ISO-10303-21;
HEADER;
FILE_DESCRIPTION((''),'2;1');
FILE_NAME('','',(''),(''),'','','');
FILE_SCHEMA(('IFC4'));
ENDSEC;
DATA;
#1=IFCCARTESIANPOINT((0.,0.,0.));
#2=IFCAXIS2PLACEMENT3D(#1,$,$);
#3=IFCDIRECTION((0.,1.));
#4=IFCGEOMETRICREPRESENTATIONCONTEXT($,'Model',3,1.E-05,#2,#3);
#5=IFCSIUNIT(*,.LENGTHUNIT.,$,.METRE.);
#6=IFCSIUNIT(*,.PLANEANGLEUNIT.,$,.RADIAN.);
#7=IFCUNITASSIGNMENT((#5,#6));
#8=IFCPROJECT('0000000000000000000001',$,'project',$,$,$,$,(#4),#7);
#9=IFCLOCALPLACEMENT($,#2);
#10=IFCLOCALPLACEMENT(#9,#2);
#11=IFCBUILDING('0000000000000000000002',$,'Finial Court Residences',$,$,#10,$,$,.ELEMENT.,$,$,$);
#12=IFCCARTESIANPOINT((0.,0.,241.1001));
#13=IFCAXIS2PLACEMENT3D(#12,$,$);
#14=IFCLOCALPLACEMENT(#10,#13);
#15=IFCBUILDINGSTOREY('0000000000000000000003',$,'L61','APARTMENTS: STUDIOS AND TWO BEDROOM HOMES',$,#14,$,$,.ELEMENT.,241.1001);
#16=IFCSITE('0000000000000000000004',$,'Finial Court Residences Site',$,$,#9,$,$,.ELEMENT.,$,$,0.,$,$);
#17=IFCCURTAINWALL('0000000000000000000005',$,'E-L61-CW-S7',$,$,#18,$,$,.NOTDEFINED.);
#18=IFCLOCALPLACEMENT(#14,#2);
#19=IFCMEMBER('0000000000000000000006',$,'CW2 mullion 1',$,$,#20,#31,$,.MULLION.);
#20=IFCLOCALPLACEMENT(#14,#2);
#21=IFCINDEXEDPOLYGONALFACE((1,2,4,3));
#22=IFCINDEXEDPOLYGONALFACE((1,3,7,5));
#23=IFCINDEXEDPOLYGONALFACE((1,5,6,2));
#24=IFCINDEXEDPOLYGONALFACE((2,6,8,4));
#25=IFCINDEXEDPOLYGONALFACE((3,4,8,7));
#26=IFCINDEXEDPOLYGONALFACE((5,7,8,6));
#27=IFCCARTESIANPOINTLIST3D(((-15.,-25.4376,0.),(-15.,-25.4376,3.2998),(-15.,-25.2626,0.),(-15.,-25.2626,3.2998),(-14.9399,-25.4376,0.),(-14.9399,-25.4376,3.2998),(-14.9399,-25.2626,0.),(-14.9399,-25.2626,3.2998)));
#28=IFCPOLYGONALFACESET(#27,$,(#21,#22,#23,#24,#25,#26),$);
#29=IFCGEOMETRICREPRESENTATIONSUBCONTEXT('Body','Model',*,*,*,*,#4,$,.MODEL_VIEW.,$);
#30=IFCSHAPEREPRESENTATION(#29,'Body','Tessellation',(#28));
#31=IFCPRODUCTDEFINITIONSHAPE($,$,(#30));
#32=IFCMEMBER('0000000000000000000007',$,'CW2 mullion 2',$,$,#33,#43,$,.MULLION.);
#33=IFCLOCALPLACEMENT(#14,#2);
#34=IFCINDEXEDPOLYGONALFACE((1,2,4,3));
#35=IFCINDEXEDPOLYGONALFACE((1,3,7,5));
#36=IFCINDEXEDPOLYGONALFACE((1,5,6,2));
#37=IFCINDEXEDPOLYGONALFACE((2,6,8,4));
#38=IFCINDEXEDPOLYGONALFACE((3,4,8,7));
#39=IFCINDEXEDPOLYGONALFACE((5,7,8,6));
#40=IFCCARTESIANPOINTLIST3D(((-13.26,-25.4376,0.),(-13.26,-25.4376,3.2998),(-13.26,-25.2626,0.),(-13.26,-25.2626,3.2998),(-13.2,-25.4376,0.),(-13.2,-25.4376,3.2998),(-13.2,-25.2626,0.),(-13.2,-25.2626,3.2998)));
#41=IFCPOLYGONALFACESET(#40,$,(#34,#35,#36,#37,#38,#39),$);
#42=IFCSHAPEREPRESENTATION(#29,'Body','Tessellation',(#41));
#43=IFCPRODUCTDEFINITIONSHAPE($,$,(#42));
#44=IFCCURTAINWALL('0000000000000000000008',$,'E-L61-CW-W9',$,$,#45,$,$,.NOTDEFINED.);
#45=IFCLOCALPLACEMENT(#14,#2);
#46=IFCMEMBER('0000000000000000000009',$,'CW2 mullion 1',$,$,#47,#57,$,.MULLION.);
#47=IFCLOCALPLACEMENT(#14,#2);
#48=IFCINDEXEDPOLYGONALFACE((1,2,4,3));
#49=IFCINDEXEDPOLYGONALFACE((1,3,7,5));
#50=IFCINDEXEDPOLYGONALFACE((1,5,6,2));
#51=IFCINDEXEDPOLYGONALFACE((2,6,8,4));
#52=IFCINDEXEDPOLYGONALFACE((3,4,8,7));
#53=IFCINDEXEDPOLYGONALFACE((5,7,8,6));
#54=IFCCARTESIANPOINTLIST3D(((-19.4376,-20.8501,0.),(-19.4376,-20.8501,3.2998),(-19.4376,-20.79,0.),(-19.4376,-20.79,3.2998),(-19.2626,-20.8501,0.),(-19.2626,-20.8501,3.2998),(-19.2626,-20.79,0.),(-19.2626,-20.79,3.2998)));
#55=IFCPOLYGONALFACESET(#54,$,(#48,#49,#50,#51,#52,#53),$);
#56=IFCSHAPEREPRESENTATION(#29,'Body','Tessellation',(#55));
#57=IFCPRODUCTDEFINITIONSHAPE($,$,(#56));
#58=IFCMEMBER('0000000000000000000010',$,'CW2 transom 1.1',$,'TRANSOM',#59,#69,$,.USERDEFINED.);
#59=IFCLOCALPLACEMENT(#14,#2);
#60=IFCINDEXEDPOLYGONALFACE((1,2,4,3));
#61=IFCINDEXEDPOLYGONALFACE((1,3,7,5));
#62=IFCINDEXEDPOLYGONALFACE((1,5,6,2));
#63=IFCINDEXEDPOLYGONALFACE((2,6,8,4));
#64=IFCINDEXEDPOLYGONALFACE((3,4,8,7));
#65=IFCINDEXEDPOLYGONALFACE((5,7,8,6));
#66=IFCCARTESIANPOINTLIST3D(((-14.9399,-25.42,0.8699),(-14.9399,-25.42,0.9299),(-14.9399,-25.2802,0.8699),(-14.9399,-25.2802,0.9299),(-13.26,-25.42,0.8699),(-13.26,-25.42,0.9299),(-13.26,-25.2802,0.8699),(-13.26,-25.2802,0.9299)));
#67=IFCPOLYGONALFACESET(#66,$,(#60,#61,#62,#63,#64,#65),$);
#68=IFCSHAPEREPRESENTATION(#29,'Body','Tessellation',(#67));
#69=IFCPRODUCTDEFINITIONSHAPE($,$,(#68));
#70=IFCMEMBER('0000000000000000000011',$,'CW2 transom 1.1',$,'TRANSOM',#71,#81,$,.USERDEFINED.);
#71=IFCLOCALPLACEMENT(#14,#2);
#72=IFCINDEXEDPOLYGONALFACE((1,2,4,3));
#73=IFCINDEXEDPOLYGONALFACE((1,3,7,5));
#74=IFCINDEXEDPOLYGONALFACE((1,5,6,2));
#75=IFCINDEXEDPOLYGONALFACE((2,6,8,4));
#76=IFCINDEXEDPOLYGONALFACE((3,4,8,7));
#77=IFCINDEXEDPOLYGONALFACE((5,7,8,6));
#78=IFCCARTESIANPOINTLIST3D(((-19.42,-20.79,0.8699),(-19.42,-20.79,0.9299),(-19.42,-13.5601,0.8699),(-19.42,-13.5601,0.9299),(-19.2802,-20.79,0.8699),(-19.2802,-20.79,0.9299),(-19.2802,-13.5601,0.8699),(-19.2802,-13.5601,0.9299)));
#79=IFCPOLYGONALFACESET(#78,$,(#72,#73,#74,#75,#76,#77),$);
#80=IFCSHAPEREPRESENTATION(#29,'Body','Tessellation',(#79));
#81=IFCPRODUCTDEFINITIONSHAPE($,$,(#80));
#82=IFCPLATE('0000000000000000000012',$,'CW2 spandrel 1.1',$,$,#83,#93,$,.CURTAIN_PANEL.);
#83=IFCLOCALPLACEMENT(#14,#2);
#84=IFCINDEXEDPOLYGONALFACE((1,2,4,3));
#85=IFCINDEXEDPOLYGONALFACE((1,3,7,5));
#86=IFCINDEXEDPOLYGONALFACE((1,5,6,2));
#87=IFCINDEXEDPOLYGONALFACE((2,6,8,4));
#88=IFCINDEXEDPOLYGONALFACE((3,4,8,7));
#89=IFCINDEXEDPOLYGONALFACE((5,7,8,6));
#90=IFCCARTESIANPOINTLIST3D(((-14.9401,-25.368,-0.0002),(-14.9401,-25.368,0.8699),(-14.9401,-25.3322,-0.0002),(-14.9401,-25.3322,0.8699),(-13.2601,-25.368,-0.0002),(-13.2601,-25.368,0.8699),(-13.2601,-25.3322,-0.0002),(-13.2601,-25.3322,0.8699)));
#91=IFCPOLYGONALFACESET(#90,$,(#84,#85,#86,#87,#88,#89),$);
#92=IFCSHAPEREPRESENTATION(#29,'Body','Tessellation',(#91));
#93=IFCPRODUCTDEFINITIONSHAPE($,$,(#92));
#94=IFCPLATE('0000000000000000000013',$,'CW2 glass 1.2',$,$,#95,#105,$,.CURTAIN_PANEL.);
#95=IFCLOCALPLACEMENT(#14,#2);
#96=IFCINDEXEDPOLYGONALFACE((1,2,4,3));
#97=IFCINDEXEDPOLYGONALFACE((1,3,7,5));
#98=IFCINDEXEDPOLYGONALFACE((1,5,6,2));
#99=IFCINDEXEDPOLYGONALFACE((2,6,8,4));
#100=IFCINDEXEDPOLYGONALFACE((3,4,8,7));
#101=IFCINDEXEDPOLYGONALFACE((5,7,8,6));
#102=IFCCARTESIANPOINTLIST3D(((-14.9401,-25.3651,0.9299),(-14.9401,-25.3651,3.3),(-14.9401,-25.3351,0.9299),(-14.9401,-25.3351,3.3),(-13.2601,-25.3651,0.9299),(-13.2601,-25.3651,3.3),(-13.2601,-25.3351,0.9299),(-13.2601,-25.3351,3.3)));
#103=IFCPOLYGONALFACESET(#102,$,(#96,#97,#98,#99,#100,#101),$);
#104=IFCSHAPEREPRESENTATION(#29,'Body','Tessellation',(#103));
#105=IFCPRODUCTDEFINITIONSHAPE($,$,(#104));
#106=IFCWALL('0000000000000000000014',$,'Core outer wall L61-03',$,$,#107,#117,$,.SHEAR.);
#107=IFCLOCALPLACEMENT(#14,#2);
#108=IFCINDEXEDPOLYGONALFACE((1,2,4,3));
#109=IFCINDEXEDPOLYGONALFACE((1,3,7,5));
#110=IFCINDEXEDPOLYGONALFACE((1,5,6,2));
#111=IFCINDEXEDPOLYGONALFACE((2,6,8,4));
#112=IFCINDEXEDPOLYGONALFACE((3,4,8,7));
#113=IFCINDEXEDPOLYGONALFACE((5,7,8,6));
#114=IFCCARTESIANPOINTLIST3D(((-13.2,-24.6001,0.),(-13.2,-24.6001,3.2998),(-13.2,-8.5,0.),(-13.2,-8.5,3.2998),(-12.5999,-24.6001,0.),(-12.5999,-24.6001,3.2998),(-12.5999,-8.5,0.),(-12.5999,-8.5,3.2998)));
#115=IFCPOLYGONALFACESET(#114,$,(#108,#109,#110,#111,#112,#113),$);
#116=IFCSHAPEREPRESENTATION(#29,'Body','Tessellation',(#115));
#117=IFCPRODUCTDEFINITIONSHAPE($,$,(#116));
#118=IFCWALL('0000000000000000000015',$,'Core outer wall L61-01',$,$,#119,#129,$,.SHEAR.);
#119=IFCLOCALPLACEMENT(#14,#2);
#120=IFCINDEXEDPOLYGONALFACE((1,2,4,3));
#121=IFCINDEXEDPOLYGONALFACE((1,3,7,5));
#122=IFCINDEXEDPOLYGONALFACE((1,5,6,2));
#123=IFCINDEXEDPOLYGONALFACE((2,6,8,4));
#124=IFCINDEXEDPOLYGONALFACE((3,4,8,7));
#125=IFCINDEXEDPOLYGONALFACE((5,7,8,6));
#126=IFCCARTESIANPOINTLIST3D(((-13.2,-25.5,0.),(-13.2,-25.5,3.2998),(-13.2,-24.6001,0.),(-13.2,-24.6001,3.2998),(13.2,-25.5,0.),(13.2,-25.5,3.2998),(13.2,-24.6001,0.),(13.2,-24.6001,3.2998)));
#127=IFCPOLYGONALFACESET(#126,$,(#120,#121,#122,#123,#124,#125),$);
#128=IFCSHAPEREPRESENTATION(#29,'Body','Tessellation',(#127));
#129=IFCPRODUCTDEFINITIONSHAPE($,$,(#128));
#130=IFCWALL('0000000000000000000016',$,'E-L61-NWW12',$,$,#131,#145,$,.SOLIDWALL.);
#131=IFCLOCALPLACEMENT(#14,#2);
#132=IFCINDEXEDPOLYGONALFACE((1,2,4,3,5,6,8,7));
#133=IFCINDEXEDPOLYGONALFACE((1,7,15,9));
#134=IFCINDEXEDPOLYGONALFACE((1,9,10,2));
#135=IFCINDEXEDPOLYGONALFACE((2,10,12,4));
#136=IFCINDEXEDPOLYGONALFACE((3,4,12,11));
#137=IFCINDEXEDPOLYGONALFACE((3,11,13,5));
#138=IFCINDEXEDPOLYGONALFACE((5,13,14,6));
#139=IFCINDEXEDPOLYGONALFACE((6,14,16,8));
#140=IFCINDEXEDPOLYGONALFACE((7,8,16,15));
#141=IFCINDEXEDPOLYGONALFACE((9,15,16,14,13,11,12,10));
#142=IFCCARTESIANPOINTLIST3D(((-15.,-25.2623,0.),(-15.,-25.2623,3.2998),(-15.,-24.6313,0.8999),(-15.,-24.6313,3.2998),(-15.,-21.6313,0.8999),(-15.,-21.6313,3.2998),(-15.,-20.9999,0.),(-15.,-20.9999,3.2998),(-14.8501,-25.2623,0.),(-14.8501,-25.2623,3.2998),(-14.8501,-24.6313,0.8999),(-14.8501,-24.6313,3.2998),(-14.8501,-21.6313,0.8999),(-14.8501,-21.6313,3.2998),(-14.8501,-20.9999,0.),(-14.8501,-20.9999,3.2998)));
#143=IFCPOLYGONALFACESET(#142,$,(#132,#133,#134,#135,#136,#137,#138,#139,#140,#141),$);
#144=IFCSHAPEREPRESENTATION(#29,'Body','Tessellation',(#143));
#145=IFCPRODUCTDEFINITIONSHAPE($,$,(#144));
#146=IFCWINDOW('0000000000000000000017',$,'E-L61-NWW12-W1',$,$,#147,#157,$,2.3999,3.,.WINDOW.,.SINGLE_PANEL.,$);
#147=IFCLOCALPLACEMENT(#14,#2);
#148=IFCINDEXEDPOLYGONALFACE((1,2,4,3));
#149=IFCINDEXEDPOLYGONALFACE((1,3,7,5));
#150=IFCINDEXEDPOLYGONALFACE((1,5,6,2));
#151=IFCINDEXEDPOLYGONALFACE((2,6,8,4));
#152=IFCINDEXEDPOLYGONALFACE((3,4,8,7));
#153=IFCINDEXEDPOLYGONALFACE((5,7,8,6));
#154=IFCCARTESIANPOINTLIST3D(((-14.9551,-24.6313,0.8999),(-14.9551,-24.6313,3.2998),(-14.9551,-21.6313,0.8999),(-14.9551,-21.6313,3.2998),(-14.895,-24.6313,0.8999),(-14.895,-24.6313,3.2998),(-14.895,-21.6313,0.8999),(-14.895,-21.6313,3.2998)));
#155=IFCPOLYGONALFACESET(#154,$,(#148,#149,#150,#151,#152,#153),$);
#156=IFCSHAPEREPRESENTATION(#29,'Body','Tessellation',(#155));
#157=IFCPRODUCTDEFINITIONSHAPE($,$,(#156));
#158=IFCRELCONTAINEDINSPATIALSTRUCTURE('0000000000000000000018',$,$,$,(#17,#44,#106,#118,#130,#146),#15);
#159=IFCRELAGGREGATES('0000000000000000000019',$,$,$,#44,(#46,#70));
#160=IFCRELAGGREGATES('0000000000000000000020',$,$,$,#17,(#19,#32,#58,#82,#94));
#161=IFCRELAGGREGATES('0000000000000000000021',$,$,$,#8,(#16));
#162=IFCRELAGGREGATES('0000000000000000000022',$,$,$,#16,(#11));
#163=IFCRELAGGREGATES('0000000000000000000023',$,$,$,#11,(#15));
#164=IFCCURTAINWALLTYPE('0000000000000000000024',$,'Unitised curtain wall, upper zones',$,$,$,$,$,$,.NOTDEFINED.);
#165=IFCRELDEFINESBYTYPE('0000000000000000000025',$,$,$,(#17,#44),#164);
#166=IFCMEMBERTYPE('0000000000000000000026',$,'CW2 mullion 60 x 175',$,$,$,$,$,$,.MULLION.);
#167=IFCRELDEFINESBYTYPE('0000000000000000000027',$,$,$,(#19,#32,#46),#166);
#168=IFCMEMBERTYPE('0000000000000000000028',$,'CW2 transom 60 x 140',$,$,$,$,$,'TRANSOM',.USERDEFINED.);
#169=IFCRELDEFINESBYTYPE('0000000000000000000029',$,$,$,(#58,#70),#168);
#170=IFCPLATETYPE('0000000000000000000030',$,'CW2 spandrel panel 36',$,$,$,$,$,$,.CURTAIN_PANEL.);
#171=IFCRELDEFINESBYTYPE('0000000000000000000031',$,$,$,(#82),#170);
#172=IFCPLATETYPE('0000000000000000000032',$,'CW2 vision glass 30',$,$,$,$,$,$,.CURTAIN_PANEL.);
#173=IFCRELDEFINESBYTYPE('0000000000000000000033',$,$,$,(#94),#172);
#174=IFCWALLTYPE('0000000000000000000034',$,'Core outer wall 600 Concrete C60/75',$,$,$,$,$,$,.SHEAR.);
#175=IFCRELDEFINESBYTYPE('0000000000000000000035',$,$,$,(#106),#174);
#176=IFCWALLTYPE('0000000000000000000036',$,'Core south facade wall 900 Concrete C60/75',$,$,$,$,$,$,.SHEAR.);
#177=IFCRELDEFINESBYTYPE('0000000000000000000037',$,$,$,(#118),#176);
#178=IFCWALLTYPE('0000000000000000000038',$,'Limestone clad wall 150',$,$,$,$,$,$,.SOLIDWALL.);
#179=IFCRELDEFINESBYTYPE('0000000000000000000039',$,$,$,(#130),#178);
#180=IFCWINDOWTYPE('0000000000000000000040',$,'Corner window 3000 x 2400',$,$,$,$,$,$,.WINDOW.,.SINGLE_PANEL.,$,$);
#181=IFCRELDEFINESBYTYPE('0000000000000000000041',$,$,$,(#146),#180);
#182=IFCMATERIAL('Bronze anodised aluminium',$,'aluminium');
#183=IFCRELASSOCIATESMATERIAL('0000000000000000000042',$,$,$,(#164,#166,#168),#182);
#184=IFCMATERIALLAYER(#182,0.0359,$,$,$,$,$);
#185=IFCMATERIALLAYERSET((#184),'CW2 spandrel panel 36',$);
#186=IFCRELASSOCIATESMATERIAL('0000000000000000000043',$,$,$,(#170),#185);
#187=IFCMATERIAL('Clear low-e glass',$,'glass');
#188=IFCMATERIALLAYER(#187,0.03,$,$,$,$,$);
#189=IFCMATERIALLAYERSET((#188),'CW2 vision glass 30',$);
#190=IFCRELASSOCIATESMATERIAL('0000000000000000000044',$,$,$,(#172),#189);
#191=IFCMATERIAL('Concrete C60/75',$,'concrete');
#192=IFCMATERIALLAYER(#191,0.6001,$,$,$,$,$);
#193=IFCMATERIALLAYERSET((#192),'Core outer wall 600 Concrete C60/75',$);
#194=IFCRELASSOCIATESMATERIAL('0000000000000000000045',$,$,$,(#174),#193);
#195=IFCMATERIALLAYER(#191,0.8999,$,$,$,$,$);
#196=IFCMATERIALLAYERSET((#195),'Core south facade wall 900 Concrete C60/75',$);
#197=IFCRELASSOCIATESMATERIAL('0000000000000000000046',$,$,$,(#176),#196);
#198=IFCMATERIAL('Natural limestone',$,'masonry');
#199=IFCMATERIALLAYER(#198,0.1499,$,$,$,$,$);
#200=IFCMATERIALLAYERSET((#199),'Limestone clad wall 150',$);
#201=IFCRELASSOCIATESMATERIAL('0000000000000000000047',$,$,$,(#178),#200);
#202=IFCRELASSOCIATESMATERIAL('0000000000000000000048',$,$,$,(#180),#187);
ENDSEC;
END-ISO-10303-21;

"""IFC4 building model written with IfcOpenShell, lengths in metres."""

from ifc_helpers import new_model, si_unit, direction, frame, frame_2d, origin, origin_2d, place, context, subcontext, project, spatial, rectangle, extrude, material, layer, layer_set, material_profile, profile_set, type_object, element, fill, aggregate, save


model = new_model("IFC4")

# Units and contexts
model_context = context("Model", 3, precision=1e-05, world=origin(), true_north=direction((0.0, 1.0)))
body_context = subcontext(model_context, "Body", "Model", "MODEL_VIEW")
ifc_project = project(units=[si_unit("LENGTHUNIT", "METRE"), si_unit("PLANEANGLEUNIT", "RADIAN")], contexts=[model_context])

# Site, building, storey
site_placement = place(None, origin())
site = spatial("IfcSite", under=ifc_project, at=site_placement, Name="Finial Court Residences Site", CompositionType="ELEMENT", RefElevation=0.0)
building_placement = place(site_placement, origin())
building = spatial("IfcBuilding", under=site, at=building_placement, Name="Finial Court Residences", CompositionType="ELEMENT")
storey_placement = place(building_placement, frame((0.0, 0.0, 241.1001)))
storey = spatial("IfcBuildingStorey", under=building, at=storey_placement, Name="L61", Description="APARTMENTS: STUDIOS AND TWO BEDROOM HOMES", CompositionType="ELEMENT", Elevation=241.1001)

# Curtain wall, members
ifc_material_1 = material(Name="Bronze anodised aluminium", Category="aluminium")
curtain_wall_type = type_object("IfcCurtainWallType", Name="Unitised curtain wall, upper zones", PredefinedType="NOTDEFINED", material=ifc_material_1)
curtain_wall_1_placement = place(storey_placement, origin())
curtain_wall_1 = element("IfcCurtainWall", 1, at=curtain_wall_1_placement, inside=storey, type_object=curtain_wall_type, Name="E-L61-CW-S7", PredefinedType="NOTDEFINED")
ifc_material_profile_1 = material_profile(ifc_material_1, rectangle(XDim=0.175, YDim=0.0601, at=origin_2d()), Name="CW2 mullion 60 x 175")
ifc_profile_set_1 = profile_set([ifc_material_profile_1], Name="Bronze anodised aluminium")
member_type_1 = type_object("IfcMemberType", Name="CW2 mullion 60 x 175", PredefinedType="MULLION", material=ifc_profile_set_1)
member_1_placement = place(storey_placement, frame((-14.97, -25.3501, 0.0), z_axis=(0.0, 0.0, 1.0), x_axis=(0.0, 1.0, 0.0)))
member_1 = element("IfcMember", 2, at=member_1_placement, type_object=member_type_1, Name="CW2 mullion 1", PredefinedType="MULLION", context=body_context, shape_type="SweptSolid", body=[
    extrude(rectangle(XDim=0.175, YDim=0.0601, at=origin_2d()), origin(), (0.0, 0.0, 1.0), 3.2998),
])
member_2_placement = place(storey_placement, frame((-13.23, -25.3501, 0.0), z_axis=(0.0, 0.0, 1.0), x_axis=(0.0, 1.0, 0.0)))
member_2 = element("IfcMember", 3, at=member_2_placement, type_object=member_type_1, Name="CW2 mullion 2", PredefinedType="MULLION", context=body_context, shape_type="SweptSolid", body=[
    extrude(rectangle(XDim=0.175, YDim=0.0601, at=origin_2d()), origin(), (0.0, 0.0, 1.0), 3.2998),
])

# Curtain wall, member
curtain_wall_2_placement = place(storey_placement, origin())
curtain_wall_2 = element("IfcCurtainWall", 4, at=curtain_wall_2_placement, inside=storey, type_object=curtain_wall_type, Name="E-L61-CW-W9", PredefinedType="NOTDEFINED")
member_3_placement = place(storey_placement, frame((-19.3501, -20.8201, 0.0), z_axis=(0.0, 0.0, 1.0), x_axis=(-1.0, 0.0, 0.0)))
member_3 = element("IfcMember", 5, at=member_3_placement, type_object=member_type_1, Name="CW2 mullion 1", PredefinedType="MULLION", context=body_context, shape_type="SweptSolid", body=[
    extrude(rectangle(XDim=0.175, YDim=0.0601, at=origin_2d()), origin(), (0.0, 0.0, 1.0), 3.2998),
])

# Members
ifc_material_profile_2 = material_profile(ifc_material_1, rectangle(XDim=0.1399, YDim=0.0601, at=origin_2d()), Name="CW2 transom 60 x 140")
ifc_profile_set_2 = profile_set([ifc_material_profile_2], Name="Bronze anodised aluminium")
member_type_2 = type_object("IfcMemberType", Name="CW2 transom 60 x 140", ElementType="TRANSOM", PredefinedType="USERDEFINED", material=ifc_profile_set_2)
member_4_placement = place(storey_placement, frame((-14.9399, -25.3501, 0.8999), z_axis=(1.0, 0.0, 0.0), x_axis=(0.0, 1.0, 0.0)))
member_4 = element("IfcMember", 6, at=member_4_placement, type_object=member_type_2, Name="CW2 transom 1.1", ObjectType="TRANSOM", PredefinedType="USERDEFINED", context=body_context, shape_type="SweptSolid", body=[
    extrude(rectangle(XDim=0.1399, YDim=0.0601, at=origin_2d()), origin(), (0.0, 0.0, 1.0), 1.6799),
])
member_5_placement = place(storey_placement, frame((-19.3501, -20.79, 0.8999), z_axis=(0.0, 1.0, 0.0), x_axis=(-1.0, 0.0, 0.0)))
member_5 = element("IfcMember", 7, at=member_5_placement, type_object=member_type_2, Name="CW2 transom 1.1", ObjectType="TRANSOM", PredefinedType="USERDEFINED", context=body_context, shape_type="SweptSolid", body=[
    extrude(rectangle(XDim=0.1399, YDim=0.0601, at=origin_2d()), origin(), (0.0, 0.0, 1.0), 7.23),
])
aggregate(curtain_wall_2, [member_3, member_5])

# Plates
ifc_layer_1 = layer(ifc_material_1, 0.0359)
ifc_layer_set_1 = layer_set([ifc_layer_1], Name="CW2 spandrel panel 36")
plate_type_1 = type_object("IfcPlateType", Name="CW2 spandrel panel 36", PredefinedType="CURTAIN_PANEL", material=ifc_layer_set_1)
plate_1_placement = place(storey_placement, frame((-14.1001, -25.3501, -0.0002), z_axis=(0.0, 0.0, 1.0), x_axis=(1.0, 0.0, 0.0)))
plate_1 = element("IfcPlate", 8, at=plate_1_placement, type_object=plate_type_1, Name="CW2 spandrel 1.1", PredefinedType="CURTAIN_PANEL", context=body_context, shape_type="SweptSolid", body=[
    extrude(rectangle(XDim=1.6799, YDim=0.0359, at=origin_2d()), origin(), (0.0, 0.0, 1.0), 0.8701),
])
ifc_material_2 = material(Name="Clear low-e glass", Category="glass")
ifc_layer_2 = layer(ifc_material_2, 0.03)
ifc_layer_set_2 = layer_set([ifc_layer_2], Name="CW2 vision glass 30")
plate_type_2 = type_object("IfcPlateType", Name="CW2 vision glass 30", PredefinedType="CURTAIN_PANEL", material=ifc_layer_set_2)
plate_2_placement = place(storey_placement, frame((-14.1001, -25.3501, 0.9299), z_axis=(0.0, 0.0, 1.0), x_axis=(1.0, 0.0, 0.0)))
plate_2 = element("IfcPlate", 9, at=plate_2_placement, type_object=plate_type_2, Name="CW2 glass 1.2", PredefinedType="CURTAIN_PANEL", context=body_context, shape_type="SweptSolid", body=[
    extrude(rectangle(XDim=1.6799, YDim=0.03, at=origin_2d()), origin(), (0.0, 0.0, 1.0), 2.3701),
])
aggregate(curtain_wall_1, [member_1, member_2, member_4, plate_1, plate_2])

# Walls
ifc_material_3 = material(Name="Concrete C60/75", Category="concrete")
ifc_layer_3 = layer(ifc_material_3, 0.6001)
ifc_layer_set_3 = layer_set([ifc_layer_3], Name="Core outer wall 600 Concrete C60/75")
wall_type_1 = type_object("IfcWallType", Name="Core outer wall 600 Concrete C60/75", PredefinedType="SHEAR", material=ifc_layer_set_3)
wall_1_placement = place(storey_placement, frame((-12.8999, -24.6001, 0.0), z_axis=(0.0, 0.0, 1.0), x_axis=(0.0, 1.0, 0.0)))
element("IfcWall", 10, at=wall_1_placement, inside=storey, type_object=wall_type_1, Name="Core outer wall L61-03", PredefinedType="SHEAR", context=body_context, shape_type="SweptSolid", body=[
    extrude(rectangle(XDim=16.1001, YDim=0.6001, at=frame_2d((8.05, 0.0))), origin(), (0.0, 0.0, 1.0), 3.2998),
])
ifc_layer_4 = layer(ifc_material_3, 0.8999)
ifc_layer_set_4 = layer_set([ifc_layer_4], Name="Core south facade wall 900 Concrete C60/75")
wall_type_2 = type_object("IfcWallType", Name="Core south facade wall 900 Concrete C60/75", PredefinedType="SHEAR", material=ifc_layer_set_4)
wall_2_placement = place(storey_placement, frame((-13.2, -25.05, 0.0), z_axis=(0.0, 0.0, 1.0), x_axis=(1.0, 0.0, 0.0)))
element("IfcWall", 11, at=wall_2_placement, inside=storey, type_object=wall_type_2, Name="Core outer wall L61-01", PredefinedType="SHEAR", context=body_context, shape_type="SweptSolid", body=[
    extrude(rectangle(XDim=26.3999, YDim=0.8999, at=frame_2d((13.2, 0.0))), origin(), (0.0, 0.0, 1.0), 3.2998),
])

# Wall, opening, window
ifc_material_4 = material(Name="Natural limestone", Category="masonry")
ifc_layer_5 = layer(ifc_material_4, 0.1499)
ifc_layer_set_5 = layer_set([ifc_layer_5], Name="Limestone clad wall 150")
wall_type_3 = type_object("IfcWallType", Name="Limestone clad wall 150", PredefinedType="SOLIDWALL", material=ifc_layer_set_5)
wall_3_placement = place(storey_placement, frame((-14.925, -25.2625, 0.0), z_axis=(0.0, 0.0, 1.0), x_axis=(0.0, 1.0, 0.0)))
wall_3 = element("IfcWall", 12, at=wall_3_placement, inside=storey, type_object=wall_type_3, Name="E-L61-NWW12", PredefinedType="SOLIDWALL", context=body_context, shape_type="SweptSolid", body=[
    extrude(rectangle(XDim=4.2625, YDim=0.1499, at=frame_2d((2.1313, 0.0))), origin(), (0.0, 0.0, 1.0), 3.2998),
])
opening_1_placement = place(wall_3_placement, frame((0.6311, 0.0, 0.8999)))
opening_1 = element("IfcOpeningElement", 13, at=opening_1_placement, cuts=wall_3, PredefinedType="OPENING", context=body_context, shape_type="SweptSolid", body=[
    extrude(rectangle(XDim=3.0, YDim=2.3999, at=frame_2d((1.5, 1.2))), frame((0.0, 0.085, 0.0), z_axis=(0.0, -1.0, 0.0), x_axis=(1.0, 0.0, 0.0)), (0.0, 0.0, 1.0), 0.1699),
])
window_type = type_object("IfcWindowType", Name="Corner window 3000 x 2400", PartitioningType="SINGLE_PANEL", PredefinedType="WINDOW", material=ifc_material_2)
window_1_placement = place(opening_1_placement, origin())
window_1 = element("IfcWindow", 14, at=window_1_placement, inside=storey, type_object=window_type, Name="E-L61-NWW12-W1", OverallHeight=2.3999, OverallWidth=3.0, PartitioningType="SINGLE_PANEL", PredefinedType="WINDOW", context=body_context, shape_type="SweptSolid", body=[
    extrude(rectangle(XDim=3.0, YDim=2.3999, at=frame_2d((1.5, 1.2))), frame((0.0, 0.03, 0.0), z_axis=(0.0, -1.0, 0.0), x_axis=(1.0, 0.0, 0.0)), (0.0, 0.0, 1.0), 0.0601),
])
fill(opening_1, window_1)

save(model, "model.ifc")
